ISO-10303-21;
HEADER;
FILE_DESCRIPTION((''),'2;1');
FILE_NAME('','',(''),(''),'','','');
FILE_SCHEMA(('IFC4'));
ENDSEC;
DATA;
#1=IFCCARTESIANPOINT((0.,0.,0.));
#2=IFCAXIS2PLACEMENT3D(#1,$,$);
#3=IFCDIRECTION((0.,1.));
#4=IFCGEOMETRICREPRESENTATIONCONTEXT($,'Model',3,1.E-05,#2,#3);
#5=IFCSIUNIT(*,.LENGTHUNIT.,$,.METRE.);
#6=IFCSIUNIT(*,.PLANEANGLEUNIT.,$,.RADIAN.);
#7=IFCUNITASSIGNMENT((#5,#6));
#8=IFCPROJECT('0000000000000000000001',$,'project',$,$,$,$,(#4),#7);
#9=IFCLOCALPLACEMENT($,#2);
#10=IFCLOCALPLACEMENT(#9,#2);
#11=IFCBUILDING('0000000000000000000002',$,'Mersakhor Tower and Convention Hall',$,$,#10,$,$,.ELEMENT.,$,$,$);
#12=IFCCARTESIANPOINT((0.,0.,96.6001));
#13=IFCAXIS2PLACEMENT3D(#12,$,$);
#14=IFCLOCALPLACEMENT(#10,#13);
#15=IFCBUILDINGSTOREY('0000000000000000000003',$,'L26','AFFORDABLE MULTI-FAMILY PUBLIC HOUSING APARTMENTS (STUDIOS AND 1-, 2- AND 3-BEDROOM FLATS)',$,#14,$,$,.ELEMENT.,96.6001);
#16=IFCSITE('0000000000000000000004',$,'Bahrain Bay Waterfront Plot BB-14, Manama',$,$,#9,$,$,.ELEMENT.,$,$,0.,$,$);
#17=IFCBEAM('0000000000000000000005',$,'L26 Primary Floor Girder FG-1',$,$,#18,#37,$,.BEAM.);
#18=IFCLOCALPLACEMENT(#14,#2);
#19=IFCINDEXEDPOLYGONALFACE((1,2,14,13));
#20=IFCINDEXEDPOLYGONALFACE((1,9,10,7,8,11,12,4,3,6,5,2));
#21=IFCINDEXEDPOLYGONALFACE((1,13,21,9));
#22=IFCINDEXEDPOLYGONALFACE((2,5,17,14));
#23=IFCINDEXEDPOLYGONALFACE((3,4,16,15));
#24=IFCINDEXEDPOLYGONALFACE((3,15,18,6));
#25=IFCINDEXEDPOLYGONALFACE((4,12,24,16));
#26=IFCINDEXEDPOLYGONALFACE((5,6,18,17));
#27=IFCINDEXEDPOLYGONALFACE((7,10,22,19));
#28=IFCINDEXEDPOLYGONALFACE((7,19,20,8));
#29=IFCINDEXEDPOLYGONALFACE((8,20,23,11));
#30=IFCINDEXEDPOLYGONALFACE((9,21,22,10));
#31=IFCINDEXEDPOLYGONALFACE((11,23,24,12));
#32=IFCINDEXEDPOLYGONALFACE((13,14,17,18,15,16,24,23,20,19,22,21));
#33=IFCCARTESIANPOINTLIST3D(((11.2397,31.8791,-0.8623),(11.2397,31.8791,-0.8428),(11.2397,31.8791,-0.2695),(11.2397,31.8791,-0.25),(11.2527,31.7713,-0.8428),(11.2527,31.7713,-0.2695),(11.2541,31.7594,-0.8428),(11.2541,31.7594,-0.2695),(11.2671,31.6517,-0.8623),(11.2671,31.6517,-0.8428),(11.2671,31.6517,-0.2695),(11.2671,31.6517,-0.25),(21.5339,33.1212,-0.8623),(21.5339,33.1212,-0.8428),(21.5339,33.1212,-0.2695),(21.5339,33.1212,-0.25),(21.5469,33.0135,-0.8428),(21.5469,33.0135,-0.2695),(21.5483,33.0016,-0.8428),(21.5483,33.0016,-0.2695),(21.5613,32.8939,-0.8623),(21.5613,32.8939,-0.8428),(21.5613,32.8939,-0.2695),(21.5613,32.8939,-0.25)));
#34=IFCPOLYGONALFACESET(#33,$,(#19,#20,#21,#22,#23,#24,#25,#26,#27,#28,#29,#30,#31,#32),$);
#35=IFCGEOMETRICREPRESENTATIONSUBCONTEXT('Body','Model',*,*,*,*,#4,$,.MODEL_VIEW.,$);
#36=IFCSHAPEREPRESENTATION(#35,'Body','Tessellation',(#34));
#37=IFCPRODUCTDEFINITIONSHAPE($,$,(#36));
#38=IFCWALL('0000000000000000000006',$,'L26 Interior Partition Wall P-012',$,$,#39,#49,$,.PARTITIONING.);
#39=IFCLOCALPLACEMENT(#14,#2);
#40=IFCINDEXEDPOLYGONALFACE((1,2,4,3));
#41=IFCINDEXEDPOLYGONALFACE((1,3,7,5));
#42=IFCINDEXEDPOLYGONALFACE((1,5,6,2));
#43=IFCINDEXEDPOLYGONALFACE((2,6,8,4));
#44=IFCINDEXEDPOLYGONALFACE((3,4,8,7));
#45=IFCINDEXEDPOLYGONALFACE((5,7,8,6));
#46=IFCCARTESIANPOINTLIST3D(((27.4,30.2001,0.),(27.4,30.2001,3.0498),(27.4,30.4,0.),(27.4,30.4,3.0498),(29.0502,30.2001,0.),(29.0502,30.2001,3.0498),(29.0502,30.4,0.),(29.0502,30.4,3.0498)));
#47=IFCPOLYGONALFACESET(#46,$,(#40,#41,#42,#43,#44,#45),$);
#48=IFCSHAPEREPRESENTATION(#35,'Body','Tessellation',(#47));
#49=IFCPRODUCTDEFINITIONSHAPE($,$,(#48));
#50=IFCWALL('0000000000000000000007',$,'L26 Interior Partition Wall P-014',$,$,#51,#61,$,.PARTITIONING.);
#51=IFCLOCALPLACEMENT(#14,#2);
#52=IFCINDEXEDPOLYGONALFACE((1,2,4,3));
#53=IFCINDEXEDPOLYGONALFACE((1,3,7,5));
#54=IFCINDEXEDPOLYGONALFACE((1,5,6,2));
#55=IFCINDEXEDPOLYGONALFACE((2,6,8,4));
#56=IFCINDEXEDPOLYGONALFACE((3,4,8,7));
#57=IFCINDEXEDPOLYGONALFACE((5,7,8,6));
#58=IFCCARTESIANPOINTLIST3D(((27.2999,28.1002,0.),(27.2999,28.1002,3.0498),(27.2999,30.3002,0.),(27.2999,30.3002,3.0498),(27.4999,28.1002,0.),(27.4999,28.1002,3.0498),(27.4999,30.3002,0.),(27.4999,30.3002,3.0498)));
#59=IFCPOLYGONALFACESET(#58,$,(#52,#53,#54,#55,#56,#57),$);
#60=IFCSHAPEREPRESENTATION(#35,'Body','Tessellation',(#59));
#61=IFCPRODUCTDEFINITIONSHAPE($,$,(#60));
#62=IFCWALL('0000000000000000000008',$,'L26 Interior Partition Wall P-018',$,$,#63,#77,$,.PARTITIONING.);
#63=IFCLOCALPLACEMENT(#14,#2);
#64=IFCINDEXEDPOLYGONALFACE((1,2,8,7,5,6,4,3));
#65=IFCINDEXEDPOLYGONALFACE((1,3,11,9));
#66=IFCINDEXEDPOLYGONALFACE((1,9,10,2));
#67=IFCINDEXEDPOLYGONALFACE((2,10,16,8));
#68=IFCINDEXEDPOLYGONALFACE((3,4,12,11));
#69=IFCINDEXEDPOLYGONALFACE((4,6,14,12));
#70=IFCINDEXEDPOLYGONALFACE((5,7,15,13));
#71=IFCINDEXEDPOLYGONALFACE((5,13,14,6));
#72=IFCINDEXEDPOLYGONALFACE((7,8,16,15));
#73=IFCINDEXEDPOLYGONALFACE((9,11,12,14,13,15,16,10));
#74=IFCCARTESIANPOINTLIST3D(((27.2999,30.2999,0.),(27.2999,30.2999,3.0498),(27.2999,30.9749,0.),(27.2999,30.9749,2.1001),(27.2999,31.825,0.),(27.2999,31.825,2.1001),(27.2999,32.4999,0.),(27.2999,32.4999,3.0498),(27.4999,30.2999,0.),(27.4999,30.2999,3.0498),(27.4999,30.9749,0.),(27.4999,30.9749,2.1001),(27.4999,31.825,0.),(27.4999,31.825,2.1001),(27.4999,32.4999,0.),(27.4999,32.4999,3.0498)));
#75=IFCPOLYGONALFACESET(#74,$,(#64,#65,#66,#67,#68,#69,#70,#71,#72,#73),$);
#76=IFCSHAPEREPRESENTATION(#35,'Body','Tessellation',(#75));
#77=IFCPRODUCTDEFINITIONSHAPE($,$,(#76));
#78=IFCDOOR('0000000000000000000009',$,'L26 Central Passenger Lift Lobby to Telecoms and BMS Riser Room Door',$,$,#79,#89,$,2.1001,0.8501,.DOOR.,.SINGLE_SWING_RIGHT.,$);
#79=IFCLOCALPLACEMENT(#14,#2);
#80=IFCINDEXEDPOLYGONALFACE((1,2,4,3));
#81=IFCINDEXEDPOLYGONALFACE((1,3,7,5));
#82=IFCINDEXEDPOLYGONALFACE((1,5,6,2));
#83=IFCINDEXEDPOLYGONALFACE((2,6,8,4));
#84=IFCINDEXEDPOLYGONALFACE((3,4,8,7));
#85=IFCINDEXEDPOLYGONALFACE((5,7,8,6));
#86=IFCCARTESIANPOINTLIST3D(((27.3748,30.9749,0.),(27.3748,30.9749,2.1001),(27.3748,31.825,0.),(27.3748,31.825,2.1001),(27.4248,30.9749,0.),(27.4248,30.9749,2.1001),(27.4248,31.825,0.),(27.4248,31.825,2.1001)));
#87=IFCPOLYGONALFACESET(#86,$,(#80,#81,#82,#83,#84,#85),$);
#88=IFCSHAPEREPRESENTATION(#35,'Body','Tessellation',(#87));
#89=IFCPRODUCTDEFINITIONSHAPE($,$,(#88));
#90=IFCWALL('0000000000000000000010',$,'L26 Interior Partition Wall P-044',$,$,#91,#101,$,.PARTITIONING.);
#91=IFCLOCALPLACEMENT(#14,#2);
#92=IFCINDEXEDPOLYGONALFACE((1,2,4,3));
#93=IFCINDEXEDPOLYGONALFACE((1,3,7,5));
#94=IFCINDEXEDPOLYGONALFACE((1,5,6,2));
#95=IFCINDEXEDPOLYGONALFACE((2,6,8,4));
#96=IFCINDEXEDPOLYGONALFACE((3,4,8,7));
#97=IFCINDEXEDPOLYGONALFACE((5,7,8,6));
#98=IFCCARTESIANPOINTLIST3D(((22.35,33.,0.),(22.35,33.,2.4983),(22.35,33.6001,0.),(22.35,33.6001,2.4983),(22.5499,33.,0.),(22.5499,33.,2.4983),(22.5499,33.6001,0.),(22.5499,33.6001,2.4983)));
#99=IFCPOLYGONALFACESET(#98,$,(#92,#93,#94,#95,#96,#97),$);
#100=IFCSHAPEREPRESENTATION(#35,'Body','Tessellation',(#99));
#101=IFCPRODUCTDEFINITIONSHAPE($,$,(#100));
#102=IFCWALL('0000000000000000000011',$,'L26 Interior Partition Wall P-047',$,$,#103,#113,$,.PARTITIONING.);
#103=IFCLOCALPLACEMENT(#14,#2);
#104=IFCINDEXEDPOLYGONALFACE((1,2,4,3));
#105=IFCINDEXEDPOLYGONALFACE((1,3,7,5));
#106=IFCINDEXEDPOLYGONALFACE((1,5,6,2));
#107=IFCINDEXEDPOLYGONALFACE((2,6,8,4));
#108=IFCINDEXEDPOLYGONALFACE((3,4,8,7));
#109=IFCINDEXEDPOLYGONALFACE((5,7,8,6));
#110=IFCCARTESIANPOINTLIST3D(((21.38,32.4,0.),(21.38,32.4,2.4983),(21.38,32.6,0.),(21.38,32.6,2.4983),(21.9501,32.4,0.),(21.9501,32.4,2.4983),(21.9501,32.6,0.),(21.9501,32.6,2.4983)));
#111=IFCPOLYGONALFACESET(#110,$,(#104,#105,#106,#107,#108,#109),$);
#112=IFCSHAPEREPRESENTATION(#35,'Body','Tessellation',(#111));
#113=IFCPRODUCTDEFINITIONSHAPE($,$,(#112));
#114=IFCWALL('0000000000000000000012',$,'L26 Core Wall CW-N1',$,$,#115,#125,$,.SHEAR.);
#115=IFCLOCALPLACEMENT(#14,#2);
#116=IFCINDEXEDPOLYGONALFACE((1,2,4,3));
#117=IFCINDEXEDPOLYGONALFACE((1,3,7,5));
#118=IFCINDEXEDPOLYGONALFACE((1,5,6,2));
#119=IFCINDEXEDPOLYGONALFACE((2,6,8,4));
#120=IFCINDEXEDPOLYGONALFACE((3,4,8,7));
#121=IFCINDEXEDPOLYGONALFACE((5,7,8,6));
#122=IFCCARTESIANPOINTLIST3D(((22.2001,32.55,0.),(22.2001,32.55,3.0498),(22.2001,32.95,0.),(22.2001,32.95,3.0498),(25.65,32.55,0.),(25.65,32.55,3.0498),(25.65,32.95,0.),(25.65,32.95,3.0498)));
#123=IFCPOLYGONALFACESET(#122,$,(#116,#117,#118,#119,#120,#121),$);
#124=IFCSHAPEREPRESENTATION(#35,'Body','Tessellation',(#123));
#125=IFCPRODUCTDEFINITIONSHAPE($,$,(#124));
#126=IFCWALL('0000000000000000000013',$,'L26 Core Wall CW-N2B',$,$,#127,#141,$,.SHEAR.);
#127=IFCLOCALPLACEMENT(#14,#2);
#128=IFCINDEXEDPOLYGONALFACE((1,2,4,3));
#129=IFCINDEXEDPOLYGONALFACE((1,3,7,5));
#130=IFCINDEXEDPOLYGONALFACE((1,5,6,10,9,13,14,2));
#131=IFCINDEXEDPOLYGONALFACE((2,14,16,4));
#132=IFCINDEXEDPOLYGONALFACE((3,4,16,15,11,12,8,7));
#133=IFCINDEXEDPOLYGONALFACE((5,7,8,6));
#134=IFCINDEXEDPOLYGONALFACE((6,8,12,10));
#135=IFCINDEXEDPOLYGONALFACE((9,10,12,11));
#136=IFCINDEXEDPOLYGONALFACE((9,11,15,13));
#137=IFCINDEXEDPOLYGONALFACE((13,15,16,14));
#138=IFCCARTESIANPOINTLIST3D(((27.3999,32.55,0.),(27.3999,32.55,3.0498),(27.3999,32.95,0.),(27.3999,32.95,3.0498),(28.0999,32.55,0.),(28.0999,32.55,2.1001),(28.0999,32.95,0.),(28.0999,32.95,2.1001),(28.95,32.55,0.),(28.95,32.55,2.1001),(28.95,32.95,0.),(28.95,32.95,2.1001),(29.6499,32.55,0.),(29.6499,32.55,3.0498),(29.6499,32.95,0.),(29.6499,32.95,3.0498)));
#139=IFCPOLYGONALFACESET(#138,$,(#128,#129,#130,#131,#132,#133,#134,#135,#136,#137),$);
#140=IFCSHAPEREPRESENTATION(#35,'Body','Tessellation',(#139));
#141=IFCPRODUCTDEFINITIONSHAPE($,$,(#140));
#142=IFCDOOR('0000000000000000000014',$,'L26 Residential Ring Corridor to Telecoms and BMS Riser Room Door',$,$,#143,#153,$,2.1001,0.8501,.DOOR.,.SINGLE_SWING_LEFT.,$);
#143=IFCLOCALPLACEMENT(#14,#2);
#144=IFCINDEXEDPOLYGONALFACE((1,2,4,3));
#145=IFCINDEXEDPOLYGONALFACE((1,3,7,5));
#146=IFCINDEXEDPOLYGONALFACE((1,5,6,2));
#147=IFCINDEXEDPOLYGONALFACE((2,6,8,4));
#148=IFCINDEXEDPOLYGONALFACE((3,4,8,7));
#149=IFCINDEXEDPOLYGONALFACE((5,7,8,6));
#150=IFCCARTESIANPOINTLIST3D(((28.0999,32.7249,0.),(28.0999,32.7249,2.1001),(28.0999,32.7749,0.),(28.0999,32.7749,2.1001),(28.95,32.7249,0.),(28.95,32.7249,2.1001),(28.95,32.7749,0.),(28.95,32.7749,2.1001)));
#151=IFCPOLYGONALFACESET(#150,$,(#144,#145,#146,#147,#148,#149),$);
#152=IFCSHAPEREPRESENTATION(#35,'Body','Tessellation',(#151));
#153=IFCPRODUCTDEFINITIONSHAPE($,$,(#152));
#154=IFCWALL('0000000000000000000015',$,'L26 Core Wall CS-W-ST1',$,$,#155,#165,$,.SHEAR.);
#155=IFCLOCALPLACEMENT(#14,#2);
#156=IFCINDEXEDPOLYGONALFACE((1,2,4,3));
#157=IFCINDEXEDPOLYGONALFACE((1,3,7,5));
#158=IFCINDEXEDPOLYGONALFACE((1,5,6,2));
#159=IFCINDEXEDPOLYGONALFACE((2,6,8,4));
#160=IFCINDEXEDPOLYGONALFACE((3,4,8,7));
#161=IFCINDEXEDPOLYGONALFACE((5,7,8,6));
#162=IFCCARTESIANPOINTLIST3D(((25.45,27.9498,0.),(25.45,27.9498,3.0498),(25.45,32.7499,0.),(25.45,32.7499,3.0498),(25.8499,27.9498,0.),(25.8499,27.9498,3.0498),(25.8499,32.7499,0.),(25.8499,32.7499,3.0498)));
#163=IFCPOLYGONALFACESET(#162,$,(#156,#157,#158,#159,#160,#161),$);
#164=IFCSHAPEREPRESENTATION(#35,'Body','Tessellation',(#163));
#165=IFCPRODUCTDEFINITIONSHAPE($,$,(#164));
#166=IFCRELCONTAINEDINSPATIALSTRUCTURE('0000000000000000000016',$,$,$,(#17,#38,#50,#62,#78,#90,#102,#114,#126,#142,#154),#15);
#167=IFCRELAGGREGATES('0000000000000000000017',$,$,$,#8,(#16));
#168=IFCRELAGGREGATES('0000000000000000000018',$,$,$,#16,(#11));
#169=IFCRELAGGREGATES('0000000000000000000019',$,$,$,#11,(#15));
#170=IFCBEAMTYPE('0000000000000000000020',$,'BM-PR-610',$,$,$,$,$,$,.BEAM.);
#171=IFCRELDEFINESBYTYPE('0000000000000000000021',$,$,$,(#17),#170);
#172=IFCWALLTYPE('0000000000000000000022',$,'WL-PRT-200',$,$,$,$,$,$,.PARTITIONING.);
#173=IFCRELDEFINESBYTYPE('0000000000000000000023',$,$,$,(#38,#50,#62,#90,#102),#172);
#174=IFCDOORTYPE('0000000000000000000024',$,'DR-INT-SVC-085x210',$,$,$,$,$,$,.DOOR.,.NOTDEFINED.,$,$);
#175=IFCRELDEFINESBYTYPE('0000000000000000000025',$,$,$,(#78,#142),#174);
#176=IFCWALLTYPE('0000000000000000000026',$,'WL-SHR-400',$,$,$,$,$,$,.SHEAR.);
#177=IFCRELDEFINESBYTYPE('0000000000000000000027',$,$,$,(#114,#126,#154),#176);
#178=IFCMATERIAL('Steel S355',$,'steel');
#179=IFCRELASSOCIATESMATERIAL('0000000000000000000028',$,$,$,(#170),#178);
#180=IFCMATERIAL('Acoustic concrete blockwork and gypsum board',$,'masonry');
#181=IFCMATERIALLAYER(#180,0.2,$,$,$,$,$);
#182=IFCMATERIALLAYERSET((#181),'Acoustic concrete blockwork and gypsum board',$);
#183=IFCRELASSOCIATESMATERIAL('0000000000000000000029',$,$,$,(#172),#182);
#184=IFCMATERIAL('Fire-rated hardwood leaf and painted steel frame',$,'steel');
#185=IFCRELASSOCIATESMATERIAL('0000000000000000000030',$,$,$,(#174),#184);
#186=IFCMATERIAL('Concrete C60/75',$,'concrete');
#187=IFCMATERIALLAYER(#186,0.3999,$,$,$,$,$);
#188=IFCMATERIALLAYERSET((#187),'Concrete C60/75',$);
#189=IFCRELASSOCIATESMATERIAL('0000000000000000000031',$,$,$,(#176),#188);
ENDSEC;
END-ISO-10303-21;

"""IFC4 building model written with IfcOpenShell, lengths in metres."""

from ifc_helpers import new_model, si_unit, direction, frame, frame_2d, origin, origin_2d, place, context, subcontext, project, spatial, rectangle, i_section, extrude, material, layer, layer_set, material_profile, profile_set, type_object, element, fill, save


model = new_model("IFC4")

# Units and contexts
model_context = context("Model", 3, precision=1e-05, world=origin(), true_north=direction((0.0, 1.0)))
body_context = subcontext(model_context, "Body", "Model", "MODEL_VIEW")
ifc_project = project(units=[si_unit("LENGTHUNIT", "METRE"), si_unit("PLANEANGLEUNIT", "RADIAN")], contexts=[model_context])

# Site, building, storey
site_placement = place(None, origin())
site = spatial("IfcSite", under=ifc_project, at=site_placement, Name="Bahrain Bay Waterfront Plot BB-14, Manama", CompositionType="ELEMENT", RefElevation=0.0)
building_placement = place(site_placement, origin())
building = spatial("IfcBuilding", under=site, at=building_placement, Name="Mersakhor Tower and Convention Hall", CompositionType="ELEMENT")
storey_placement = place(building_placement, frame((0.0, 0.0, 96.6001)))
storey = spatial("IfcBuildingStorey", under=building, at=storey_placement, Name="L26", Description="AFFORDABLE MULTI-FAMILY PUBLIC HOUSING APARTMENTS (STUDIOS AND 1-, 2- AND 3-BEDROOM FLATS)", CompositionType="ELEMENT", Elevation=96.6001)

# Beam
ifc_material_1 = material(Name="Steel S355", Category="steel")
ifc_material_profile = material_profile(ifc_material_1, i_section(OverallWidth=0.229, OverallDepth=0.6123, WebThickness=0.012, FlangeThickness=0.0195, at=origin_2d()), Name="UB 610x229x125")
ifc_profile_set = profile_set([ifc_material_profile], Name="Steel S355")
beam_type = type_object("IfcBeamType", Name="BM-PR-610", PredefinedType="BEAM", material=ifc_profile_set)
beam_placement = place(storey_placement, frame((21.5476, 33.0076, -0.5562), z_axis=(-0.992798, -0.1198, 0.0), x_axis=(0.1198, -0.992798, 0.0)))
element("IfcBeam", 1, at=beam_placement, inside=storey, type_object=beam_type, Name="L26 Primary Floor Girder FG-1", PredefinedType="BEAM", context=body_context, shape_type="SweptSolid", body=[
    extrude(i_section(OverallWidth=0.229, OverallDepth=0.6123, WebThickness=0.012, FlangeThickness=0.0195, at=origin_2d()), origin(), (0.0, 0.0, 1.0), 10.3689),
])

# Shared definitions
ifc_material_2 = material(Name="Acoustic concrete blockwork and gypsum board", Category="masonry")
ifc_layer_1 = layer(ifc_material_2, 0.2)
ifc_layer_set_1 = layer_set([ifc_layer_1], Name="Acoustic concrete blockwork and gypsum board")
wall_type_1 = type_object("IfcWallType", Name="WL-PRT-200", PredefinedType="PARTITIONING", material=ifc_layer_set_1)

# Walls
wall_1_placement = place(storey_placement, frame((27.3999, 30.3, 0.0), z_axis=(0.0, 0.0, 1.0), x_axis=(1.0, 0.0, 0.0)))
element("IfcWall", 2, at=wall_1_placement, inside=storey, type_object=wall_type_1, Name="L26 Interior Partition Wall P-012", PredefinedType="PARTITIONING", context=body_context, shape_type="SweptSolid", body=[
    extrude(rectangle(XDim=1.6501, YDim=0.2, at=frame_2d((0.8252, 0.0))), origin(), (0.0, 0.0, 1.0), 3.0498),
])
wall_2_placement = place(storey_placement, frame((27.3999, 28.1001, 0.0), z_axis=(0.0, 0.0, 1.0), x_axis=(0.0, 1.0, 0.0)))
element("IfcWall", 3, at=wall_2_placement, inside=storey, type_object=wall_type_1, Name="L26 Interior Partition Wall P-014", PredefinedType="PARTITIONING", context=body_context, shape_type="SweptSolid", body=[
    extrude(rectangle(XDim=2.2, YDim=0.2, at=frame_2d((1.1001, 0.0))), origin(), (0.0, 0.0, 1.0), 3.0498),
])

# Wall, opening, door
wall_3_placement = place(storey_placement, frame((27.3999, 32.5, 0.0), z_axis=(0.0, 0.0, 1.0), x_axis=(0.0, -1.0, 0.0)))
wall_3 = element("IfcWall", 4, at=wall_3_placement, inside=storey, type_object=wall_type_1, Name="L26 Interior Partition Wall P-018", PredefinedType="PARTITIONING", context=body_context, shape_type="SweptSolid", body=[
    extrude(rectangle(XDim=2.2, YDim=0.2, at=frame_2d((1.1001, 0.0))), origin(), (0.0, 0.0, 1.0), 3.0498),
])
opening_1_placement = place(wall_3_placement, frame((0.675, 0.0, 0.0)))
opening_1 = element("IfcOpeningElement", 5, at=opening_1_placement, cuts=wall_3, PredefinedType="OPENING", context=body_context, shape_type="SweptSolid", body=[
    extrude(rectangle(XDim=0.8501, YDim=2.1001, at=frame_2d((0.425, 1.05))), frame((0.0, 0.1099, 0.0), z_axis=(0.0, -1.0, 0.0), x_axis=(1.0, 0.0, 0.0)), (0.0, 0.0, 1.0), 0.22),
])
ifc_material_3 = material(Name="Fire-rated hardwood leaf and painted steel frame", Category="steel")
door_type_1 = type_object("IfcDoorType", Name="DR-INT-SVC-085x210", OperationType="NOTDEFINED", PredefinedType="DOOR", material=ifc_material_3)
door_1_placement = place(opening_1_placement, origin())
door_1 = element("IfcDoor", 6, at=door_1_placement, inside=storey, type_object=door_type_1, Name="L26 Central Passenger Lift Lobby to Telecoms and BMS Riser Room Door", OperationType="SINGLE_SWING_RIGHT", OverallHeight=2.1001, OverallWidth=0.8501, PredefinedType="DOOR", context=body_context, shape_type="SweptSolid", body=[
    extrude(rectangle(XDim=0.8501, YDim=2.1001, at=frame_2d((0.425, 1.05))), frame((0.0, 0.0249, 0.0), z_axis=(0.0, -1.0, 0.0), x_axis=(1.0, 0.0, 0.0)), (0.0, 0.0, 1.0), 0.05),
])
fill(opening_1, door_1)

# Walls
wall_4_placement = place(storey_placement, frame((22.45, 33.0, 0.0), z_axis=(0.0, 0.0, 1.0), x_axis=(0.0, 1.0, 0.0)))
element("IfcWall", 7, at=wall_4_placement, inside=storey, type_object=wall_type_1, Name="L26 Interior Partition Wall P-044", PredefinedType="PARTITIONING", context=body_context, shape_type="SweptSolid", body=[
    extrude(rectangle(XDim=0.6001, YDim=0.2, at=frame_2d((0.3, 0.0))), origin(), (0.0, 0.0, 1.0), 2.4983),
])
wall_5_placement = place(storey_placement, frame((21.3799, 32.5, 0.0), z_axis=(0.0, 0.0, 1.0), x_axis=(1.0, 0.0, 0.0)))
element("IfcWall", 8, at=wall_5_placement, inside=storey, type_object=wall_type_1, Name="L26 Interior Partition Wall P-047", PredefinedType="PARTITIONING", context=body_context, shape_type="SweptSolid", body=[
    extrude(rectangle(XDim=0.5701, YDim=0.2, at=frame_2d((0.2852, 0.0))), origin(), (0.0, 0.0, 1.0), 2.4983),
])
ifc_material_4 = material(Name="Concrete C60/75", Category="concrete")
ifc_layer_2 = layer(ifc_material_4, 0.3999)
ifc_layer_set_2 = layer_set([ifc_layer_2], Name="Concrete C60/75")
wall_type_2 = type_object("IfcWallType", Name="WL-SHR-400", PredefinedType="SHEAR", material=ifc_layer_set_2)
wall_6_placement = place(storey_placement, frame((22.2, 32.75, 0.0), z_axis=(0.0, 0.0, 1.0), x_axis=(1.0, 0.0, 0.0)))
element("IfcWall", 9, at=wall_6_placement, inside=storey, type_object=wall_type_2, Name="L26 Core Wall CW-N1", PredefinedType="SHEAR", context=body_context, shape_type="SweptSolid", body=[
    extrude(rectangle(XDim=3.45, YDim=0.3999, at=frame_2d((1.7251, 0.0))), origin(), (0.0, 0.0, 1.0), 3.0498),
])

# Wall, opening, door
wall_7_placement = place(storey_placement, frame((27.3999, 32.75, 0.0), z_axis=(0.0, 0.0, 1.0), x_axis=(1.0, 0.0, 0.0)))
wall_7 = element("IfcWall", 10, at=wall_7_placement, inside=storey, type_object=wall_type_2, Name="L26 Core Wall CW-N2B", PredefinedType="SHEAR", context=body_context, shape_type="SweptSolid", body=[
    extrude(rectangle(XDim=2.25, YDim=0.3999, at=frame_2d((1.125, 0.0))), origin(), (0.0, 0.0, 1.0), 3.0498),
])
opening_2_placement = place(wall_7_placement, frame((0.7, 0.0, 0.0)))
opening_2 = element("IfcOpeningElement", 11, at=opening_2_placement, cuts=wall_7, PredefinedType="OPENING", context=body_context, shape_type="SweptSolid", body=[
    extrude(rectangle(XDim=0.8501, YDim=2.1001, at=frame_2d((0.425, 1.05))), frame((0.0, 0.21, 0.0), z_axis=(0.0, -1.0, 0.0), x_axis=(1.0, 0.0, 0.0)), (0.0, 0.0, 1.0), 0.4199),
])
door_2_placement = place(opening_2_placement, origin())
door_2 = element("IfcDoor", 12, at=door_2_placement, inside=storey, type_object=door_type_1, Name="L26 Residential Ring Corridor to Telecoms and BMS Riser Room Door", OperationType="SINGLE_SWING_LEFT", OverallHeight=2.1001, OverallWidth=0.8501, PredefinedType="DOOR", context=body_context, shape_type="SweptSolid", body=[
    extrude(rectangle(XDim=0.8501, YDim=2.1001, at=frame_2d((0.425, 1.05))), frame((0.0, 0.0249, 0.0), z_axis=(0.0, -1.0, 0.0), x_axis=(1.0, 0.0, 0.0)), (0.0, 0.0, 1.0), 0.05),
])
fill(opening_2, door_2)

# Wall
wall_8_placement = place(storey_placement, frame((25.6499, 27.95, 0.0), z_axis=(0.0, 0.0, 1.0), x_axis=(0.0, 1.0, 0.0)))
element("IfcWall", 13, at=wall_8_placement, inside=storey, type_object=wall_type_2, Name="L26 Core Wall CS-W-ST1", PredefinedType="SHEAR", context=body_context, shape_type="SweptSolid", body=[
    extrude(rectangle(XDim=4.8, YDim=0.3999, at=frame_2d((2.3999, 0.0))), origin(), (0.0, 0.0, 1.0), 3.0498),
])

save(model, "model.ifc")
